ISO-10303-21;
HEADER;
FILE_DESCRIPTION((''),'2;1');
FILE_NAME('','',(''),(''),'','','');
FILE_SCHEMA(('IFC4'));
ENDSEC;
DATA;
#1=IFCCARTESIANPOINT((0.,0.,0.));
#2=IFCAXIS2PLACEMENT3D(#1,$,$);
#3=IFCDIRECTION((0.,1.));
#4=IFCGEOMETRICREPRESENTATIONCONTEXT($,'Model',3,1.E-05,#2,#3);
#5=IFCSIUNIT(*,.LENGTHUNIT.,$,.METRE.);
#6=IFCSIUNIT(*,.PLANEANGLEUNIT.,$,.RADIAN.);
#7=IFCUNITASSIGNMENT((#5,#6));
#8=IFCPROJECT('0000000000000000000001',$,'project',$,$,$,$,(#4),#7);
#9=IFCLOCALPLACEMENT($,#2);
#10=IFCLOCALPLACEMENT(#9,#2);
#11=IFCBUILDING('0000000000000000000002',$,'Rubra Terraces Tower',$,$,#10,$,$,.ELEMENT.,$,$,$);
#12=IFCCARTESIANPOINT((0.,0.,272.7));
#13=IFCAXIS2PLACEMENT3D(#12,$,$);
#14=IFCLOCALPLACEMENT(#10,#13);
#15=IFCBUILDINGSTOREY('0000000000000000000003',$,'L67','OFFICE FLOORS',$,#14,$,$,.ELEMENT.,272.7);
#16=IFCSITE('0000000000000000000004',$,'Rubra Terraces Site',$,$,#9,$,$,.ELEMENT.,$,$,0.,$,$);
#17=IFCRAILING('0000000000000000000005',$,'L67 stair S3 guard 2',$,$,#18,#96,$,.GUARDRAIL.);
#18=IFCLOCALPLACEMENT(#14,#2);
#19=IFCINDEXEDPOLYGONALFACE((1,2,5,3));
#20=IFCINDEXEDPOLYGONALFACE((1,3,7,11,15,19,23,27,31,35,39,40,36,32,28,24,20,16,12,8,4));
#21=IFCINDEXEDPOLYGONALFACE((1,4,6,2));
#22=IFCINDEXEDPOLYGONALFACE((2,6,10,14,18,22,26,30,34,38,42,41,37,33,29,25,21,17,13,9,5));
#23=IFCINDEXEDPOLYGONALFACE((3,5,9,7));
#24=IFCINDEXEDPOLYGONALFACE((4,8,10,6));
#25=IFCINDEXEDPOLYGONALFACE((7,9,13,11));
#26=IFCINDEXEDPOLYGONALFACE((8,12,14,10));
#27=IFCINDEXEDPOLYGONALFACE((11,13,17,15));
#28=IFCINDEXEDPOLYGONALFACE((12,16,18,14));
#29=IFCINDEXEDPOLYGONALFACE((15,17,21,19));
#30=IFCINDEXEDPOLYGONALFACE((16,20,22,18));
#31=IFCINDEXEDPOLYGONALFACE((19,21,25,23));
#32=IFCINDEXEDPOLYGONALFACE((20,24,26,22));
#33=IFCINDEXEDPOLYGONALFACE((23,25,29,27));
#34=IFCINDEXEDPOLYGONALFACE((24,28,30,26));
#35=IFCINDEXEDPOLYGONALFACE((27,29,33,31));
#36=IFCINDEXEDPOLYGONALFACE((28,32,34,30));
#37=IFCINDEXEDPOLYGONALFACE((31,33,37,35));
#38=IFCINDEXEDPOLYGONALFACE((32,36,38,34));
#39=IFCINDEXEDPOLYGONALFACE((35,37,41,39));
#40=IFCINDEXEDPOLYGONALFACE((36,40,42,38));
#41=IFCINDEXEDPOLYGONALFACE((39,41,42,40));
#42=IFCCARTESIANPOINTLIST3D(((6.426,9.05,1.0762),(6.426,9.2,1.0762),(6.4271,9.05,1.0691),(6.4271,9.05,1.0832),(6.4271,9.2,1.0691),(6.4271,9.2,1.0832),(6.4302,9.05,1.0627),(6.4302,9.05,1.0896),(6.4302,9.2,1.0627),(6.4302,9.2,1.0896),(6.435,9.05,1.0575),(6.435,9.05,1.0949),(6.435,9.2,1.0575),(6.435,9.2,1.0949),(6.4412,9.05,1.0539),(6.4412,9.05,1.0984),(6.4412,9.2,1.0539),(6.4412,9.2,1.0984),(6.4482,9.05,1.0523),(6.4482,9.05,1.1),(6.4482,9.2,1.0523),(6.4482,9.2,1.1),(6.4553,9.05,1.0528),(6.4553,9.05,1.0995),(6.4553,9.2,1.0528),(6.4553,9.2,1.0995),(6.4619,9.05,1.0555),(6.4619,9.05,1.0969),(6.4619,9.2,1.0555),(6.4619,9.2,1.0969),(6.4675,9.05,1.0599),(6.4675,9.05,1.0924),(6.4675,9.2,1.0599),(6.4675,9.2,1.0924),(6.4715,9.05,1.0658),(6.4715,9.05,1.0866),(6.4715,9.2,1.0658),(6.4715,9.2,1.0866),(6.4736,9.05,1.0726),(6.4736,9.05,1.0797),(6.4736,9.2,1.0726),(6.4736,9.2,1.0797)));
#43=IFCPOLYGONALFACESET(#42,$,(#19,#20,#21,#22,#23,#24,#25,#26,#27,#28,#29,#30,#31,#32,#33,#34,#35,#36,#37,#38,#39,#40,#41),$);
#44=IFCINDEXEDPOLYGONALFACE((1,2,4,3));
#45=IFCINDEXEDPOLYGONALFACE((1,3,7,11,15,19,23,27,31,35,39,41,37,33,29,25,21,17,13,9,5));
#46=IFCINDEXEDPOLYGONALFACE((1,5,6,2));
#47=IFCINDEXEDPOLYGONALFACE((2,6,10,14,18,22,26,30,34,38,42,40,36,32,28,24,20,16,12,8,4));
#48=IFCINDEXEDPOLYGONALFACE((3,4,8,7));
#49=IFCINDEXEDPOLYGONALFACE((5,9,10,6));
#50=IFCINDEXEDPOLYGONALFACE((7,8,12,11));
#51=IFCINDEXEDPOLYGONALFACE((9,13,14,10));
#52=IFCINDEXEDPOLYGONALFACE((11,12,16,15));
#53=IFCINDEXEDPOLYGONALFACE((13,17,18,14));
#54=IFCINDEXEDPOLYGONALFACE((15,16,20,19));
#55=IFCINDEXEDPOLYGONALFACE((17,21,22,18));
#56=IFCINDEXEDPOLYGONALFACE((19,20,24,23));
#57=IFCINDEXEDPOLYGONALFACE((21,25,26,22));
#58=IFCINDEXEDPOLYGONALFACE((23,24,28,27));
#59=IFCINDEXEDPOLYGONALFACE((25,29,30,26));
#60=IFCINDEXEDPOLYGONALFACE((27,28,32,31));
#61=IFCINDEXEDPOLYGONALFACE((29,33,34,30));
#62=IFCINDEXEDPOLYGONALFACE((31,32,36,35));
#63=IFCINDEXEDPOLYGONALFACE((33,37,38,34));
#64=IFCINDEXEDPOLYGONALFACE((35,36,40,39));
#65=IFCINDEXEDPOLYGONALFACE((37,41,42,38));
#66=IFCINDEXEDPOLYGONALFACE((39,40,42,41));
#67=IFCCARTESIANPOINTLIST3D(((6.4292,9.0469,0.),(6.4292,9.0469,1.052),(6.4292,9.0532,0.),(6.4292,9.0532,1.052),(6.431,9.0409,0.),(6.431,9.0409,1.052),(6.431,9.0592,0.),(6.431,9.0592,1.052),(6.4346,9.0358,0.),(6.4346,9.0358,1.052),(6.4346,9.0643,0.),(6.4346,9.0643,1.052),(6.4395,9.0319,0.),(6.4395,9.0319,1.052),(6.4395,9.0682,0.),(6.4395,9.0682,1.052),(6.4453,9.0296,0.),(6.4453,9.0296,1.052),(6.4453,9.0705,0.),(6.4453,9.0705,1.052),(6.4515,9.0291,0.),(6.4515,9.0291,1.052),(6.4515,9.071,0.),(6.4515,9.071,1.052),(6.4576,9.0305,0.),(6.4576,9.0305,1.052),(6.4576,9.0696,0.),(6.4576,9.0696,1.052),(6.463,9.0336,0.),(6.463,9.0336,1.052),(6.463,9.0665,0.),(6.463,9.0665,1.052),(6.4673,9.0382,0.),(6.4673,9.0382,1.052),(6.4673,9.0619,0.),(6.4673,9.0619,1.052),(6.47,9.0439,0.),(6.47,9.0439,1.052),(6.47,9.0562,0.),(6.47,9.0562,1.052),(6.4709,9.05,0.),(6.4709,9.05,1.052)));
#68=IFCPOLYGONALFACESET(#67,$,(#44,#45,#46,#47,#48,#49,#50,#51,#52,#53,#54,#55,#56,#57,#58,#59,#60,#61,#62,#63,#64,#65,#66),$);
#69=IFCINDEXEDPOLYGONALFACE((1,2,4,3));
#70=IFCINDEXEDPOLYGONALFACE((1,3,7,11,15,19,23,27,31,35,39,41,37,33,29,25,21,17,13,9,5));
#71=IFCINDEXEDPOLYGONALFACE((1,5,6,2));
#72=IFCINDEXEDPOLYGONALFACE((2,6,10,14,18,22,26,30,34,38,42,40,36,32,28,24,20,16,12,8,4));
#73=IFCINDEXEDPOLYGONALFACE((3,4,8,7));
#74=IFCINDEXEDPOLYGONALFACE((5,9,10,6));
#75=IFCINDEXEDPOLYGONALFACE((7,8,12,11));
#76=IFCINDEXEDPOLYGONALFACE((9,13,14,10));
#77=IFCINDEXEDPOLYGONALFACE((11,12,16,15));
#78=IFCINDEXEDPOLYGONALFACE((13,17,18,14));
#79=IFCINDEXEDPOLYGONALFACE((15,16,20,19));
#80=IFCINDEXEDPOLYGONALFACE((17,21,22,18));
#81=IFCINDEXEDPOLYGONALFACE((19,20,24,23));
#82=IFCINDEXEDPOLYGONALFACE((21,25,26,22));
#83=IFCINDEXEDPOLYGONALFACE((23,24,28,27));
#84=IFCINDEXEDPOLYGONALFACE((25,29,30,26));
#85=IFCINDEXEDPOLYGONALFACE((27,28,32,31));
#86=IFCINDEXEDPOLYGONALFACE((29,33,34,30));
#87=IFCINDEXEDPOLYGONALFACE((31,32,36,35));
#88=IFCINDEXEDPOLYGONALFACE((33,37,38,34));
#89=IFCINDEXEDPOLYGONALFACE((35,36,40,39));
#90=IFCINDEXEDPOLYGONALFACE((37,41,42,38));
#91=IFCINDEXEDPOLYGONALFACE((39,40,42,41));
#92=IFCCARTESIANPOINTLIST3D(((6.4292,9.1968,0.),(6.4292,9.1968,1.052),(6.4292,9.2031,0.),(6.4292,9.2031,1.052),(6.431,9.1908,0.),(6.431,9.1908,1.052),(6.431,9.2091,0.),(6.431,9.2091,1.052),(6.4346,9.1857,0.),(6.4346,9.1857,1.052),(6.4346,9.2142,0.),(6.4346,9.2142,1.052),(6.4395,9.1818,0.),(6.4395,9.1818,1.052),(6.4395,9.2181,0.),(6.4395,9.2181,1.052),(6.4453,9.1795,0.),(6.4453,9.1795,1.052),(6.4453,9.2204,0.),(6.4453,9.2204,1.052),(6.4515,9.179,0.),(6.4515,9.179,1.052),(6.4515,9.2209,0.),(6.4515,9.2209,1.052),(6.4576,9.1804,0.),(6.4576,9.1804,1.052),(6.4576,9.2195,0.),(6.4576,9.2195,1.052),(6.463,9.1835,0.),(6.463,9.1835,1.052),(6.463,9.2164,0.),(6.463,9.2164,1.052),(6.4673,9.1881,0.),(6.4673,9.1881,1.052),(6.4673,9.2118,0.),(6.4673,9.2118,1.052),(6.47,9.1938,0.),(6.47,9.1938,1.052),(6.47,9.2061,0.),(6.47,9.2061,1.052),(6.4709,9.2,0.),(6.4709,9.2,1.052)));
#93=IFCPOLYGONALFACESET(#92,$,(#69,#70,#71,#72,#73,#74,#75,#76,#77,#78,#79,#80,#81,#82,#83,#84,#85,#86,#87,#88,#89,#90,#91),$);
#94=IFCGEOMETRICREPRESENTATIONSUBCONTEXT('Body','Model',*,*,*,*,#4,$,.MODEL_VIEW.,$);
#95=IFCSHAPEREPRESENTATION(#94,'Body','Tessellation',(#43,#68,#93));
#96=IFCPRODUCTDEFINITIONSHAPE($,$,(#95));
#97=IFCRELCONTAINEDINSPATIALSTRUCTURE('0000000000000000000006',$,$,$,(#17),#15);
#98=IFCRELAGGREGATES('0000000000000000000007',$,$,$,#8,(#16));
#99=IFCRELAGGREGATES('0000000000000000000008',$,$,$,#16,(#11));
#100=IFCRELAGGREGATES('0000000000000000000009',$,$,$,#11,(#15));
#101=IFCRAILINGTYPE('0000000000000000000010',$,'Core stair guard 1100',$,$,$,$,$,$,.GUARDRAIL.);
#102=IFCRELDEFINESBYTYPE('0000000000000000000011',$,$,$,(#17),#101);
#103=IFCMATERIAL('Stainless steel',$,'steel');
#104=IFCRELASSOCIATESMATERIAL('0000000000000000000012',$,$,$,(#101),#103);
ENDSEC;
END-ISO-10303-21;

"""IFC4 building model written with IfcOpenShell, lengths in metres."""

from ifc_helpers import new_model, si_unit, direction, frame, origin, origin_2d, place, context, subcontext, project, spatial, circle, extrude, material, type_object, element, save


model = new_model("IFC4")

# Units and contexts
model_context = context("Model", 3, precision=1e-05, world=origin(), true_north=direction((0.0, 1.0)))
body_context = subcontext(model_context, "Body", "Model", "MODEL_VIEW")
ifc_project = project(units=[si_unit("LENGTHUNIT", "METRE"), si_unit("PLANEANGLEUNIT", "RADIAN")], contexts=[model_context])

# Site, building, storey
site_placement = place(None, origin())
site = spatial("IfcSite", under=ifc_project, at=site_placement, Name="Rubra Terraces Site", CompositionType="ELEMENT", RefElevation=0.0)
building_placement = place(site_placement, origin())
building = spatial("IfcBuilding", under=site, at=building_placement, Name="Rubra Terraces Tower", CompositionType="ELEMENT")
storey_placement = place(building_placement, frame((0.0, 0.0, 272.7)))
storey = spatial("IfcBuildingStorey", under=building, at=storey_placement, Name="L67", Description="OFFICE FLOORS", CompositionType="ELEMENT", Elevation=272.7)

# Shared definitions
ifc_material_1 = material(Name="Stainless steel", Category="steel")

# Railing
railing_type_1 = type_object("IfcRailingType", Name="Core stair guard 1100", PredefinedType="GUARDRAIL", material=ifc_material_1)
railing_1_placement = place(storey_placement, frame((6.45, 9.05, 0.0)))
element("IfcRailing", 1, at=railing_1_placement, inside=storey, type_object=railing_type_1, Name="L67 stair S3 guard 2", PredefinedType="GUARDRAIL", context=body_context, shape_type="SweptSolid", body=[
    extrude(circle(Radius=0.0239, at=origin_2d()), frame((0.0, 0.0, 1.0762), z_axis=(0.0, 1.0, 0.0), x_axis=(-1.0, 0.0, 0.0)), (0.0, 0.0, 1.0), 0.1499),
    extrude(circle(Radius=0.021, at=origin_2d()), origin(), (0.0, 0.0, 1.0), 1.052),
    extrude(circle(Radius=0.021, at=origin_2d()), frame((0.0, 0.1499, 0.0)), (0.0, 0.0, 1.0), 1.052),
])

save(model, "model.ifc")
